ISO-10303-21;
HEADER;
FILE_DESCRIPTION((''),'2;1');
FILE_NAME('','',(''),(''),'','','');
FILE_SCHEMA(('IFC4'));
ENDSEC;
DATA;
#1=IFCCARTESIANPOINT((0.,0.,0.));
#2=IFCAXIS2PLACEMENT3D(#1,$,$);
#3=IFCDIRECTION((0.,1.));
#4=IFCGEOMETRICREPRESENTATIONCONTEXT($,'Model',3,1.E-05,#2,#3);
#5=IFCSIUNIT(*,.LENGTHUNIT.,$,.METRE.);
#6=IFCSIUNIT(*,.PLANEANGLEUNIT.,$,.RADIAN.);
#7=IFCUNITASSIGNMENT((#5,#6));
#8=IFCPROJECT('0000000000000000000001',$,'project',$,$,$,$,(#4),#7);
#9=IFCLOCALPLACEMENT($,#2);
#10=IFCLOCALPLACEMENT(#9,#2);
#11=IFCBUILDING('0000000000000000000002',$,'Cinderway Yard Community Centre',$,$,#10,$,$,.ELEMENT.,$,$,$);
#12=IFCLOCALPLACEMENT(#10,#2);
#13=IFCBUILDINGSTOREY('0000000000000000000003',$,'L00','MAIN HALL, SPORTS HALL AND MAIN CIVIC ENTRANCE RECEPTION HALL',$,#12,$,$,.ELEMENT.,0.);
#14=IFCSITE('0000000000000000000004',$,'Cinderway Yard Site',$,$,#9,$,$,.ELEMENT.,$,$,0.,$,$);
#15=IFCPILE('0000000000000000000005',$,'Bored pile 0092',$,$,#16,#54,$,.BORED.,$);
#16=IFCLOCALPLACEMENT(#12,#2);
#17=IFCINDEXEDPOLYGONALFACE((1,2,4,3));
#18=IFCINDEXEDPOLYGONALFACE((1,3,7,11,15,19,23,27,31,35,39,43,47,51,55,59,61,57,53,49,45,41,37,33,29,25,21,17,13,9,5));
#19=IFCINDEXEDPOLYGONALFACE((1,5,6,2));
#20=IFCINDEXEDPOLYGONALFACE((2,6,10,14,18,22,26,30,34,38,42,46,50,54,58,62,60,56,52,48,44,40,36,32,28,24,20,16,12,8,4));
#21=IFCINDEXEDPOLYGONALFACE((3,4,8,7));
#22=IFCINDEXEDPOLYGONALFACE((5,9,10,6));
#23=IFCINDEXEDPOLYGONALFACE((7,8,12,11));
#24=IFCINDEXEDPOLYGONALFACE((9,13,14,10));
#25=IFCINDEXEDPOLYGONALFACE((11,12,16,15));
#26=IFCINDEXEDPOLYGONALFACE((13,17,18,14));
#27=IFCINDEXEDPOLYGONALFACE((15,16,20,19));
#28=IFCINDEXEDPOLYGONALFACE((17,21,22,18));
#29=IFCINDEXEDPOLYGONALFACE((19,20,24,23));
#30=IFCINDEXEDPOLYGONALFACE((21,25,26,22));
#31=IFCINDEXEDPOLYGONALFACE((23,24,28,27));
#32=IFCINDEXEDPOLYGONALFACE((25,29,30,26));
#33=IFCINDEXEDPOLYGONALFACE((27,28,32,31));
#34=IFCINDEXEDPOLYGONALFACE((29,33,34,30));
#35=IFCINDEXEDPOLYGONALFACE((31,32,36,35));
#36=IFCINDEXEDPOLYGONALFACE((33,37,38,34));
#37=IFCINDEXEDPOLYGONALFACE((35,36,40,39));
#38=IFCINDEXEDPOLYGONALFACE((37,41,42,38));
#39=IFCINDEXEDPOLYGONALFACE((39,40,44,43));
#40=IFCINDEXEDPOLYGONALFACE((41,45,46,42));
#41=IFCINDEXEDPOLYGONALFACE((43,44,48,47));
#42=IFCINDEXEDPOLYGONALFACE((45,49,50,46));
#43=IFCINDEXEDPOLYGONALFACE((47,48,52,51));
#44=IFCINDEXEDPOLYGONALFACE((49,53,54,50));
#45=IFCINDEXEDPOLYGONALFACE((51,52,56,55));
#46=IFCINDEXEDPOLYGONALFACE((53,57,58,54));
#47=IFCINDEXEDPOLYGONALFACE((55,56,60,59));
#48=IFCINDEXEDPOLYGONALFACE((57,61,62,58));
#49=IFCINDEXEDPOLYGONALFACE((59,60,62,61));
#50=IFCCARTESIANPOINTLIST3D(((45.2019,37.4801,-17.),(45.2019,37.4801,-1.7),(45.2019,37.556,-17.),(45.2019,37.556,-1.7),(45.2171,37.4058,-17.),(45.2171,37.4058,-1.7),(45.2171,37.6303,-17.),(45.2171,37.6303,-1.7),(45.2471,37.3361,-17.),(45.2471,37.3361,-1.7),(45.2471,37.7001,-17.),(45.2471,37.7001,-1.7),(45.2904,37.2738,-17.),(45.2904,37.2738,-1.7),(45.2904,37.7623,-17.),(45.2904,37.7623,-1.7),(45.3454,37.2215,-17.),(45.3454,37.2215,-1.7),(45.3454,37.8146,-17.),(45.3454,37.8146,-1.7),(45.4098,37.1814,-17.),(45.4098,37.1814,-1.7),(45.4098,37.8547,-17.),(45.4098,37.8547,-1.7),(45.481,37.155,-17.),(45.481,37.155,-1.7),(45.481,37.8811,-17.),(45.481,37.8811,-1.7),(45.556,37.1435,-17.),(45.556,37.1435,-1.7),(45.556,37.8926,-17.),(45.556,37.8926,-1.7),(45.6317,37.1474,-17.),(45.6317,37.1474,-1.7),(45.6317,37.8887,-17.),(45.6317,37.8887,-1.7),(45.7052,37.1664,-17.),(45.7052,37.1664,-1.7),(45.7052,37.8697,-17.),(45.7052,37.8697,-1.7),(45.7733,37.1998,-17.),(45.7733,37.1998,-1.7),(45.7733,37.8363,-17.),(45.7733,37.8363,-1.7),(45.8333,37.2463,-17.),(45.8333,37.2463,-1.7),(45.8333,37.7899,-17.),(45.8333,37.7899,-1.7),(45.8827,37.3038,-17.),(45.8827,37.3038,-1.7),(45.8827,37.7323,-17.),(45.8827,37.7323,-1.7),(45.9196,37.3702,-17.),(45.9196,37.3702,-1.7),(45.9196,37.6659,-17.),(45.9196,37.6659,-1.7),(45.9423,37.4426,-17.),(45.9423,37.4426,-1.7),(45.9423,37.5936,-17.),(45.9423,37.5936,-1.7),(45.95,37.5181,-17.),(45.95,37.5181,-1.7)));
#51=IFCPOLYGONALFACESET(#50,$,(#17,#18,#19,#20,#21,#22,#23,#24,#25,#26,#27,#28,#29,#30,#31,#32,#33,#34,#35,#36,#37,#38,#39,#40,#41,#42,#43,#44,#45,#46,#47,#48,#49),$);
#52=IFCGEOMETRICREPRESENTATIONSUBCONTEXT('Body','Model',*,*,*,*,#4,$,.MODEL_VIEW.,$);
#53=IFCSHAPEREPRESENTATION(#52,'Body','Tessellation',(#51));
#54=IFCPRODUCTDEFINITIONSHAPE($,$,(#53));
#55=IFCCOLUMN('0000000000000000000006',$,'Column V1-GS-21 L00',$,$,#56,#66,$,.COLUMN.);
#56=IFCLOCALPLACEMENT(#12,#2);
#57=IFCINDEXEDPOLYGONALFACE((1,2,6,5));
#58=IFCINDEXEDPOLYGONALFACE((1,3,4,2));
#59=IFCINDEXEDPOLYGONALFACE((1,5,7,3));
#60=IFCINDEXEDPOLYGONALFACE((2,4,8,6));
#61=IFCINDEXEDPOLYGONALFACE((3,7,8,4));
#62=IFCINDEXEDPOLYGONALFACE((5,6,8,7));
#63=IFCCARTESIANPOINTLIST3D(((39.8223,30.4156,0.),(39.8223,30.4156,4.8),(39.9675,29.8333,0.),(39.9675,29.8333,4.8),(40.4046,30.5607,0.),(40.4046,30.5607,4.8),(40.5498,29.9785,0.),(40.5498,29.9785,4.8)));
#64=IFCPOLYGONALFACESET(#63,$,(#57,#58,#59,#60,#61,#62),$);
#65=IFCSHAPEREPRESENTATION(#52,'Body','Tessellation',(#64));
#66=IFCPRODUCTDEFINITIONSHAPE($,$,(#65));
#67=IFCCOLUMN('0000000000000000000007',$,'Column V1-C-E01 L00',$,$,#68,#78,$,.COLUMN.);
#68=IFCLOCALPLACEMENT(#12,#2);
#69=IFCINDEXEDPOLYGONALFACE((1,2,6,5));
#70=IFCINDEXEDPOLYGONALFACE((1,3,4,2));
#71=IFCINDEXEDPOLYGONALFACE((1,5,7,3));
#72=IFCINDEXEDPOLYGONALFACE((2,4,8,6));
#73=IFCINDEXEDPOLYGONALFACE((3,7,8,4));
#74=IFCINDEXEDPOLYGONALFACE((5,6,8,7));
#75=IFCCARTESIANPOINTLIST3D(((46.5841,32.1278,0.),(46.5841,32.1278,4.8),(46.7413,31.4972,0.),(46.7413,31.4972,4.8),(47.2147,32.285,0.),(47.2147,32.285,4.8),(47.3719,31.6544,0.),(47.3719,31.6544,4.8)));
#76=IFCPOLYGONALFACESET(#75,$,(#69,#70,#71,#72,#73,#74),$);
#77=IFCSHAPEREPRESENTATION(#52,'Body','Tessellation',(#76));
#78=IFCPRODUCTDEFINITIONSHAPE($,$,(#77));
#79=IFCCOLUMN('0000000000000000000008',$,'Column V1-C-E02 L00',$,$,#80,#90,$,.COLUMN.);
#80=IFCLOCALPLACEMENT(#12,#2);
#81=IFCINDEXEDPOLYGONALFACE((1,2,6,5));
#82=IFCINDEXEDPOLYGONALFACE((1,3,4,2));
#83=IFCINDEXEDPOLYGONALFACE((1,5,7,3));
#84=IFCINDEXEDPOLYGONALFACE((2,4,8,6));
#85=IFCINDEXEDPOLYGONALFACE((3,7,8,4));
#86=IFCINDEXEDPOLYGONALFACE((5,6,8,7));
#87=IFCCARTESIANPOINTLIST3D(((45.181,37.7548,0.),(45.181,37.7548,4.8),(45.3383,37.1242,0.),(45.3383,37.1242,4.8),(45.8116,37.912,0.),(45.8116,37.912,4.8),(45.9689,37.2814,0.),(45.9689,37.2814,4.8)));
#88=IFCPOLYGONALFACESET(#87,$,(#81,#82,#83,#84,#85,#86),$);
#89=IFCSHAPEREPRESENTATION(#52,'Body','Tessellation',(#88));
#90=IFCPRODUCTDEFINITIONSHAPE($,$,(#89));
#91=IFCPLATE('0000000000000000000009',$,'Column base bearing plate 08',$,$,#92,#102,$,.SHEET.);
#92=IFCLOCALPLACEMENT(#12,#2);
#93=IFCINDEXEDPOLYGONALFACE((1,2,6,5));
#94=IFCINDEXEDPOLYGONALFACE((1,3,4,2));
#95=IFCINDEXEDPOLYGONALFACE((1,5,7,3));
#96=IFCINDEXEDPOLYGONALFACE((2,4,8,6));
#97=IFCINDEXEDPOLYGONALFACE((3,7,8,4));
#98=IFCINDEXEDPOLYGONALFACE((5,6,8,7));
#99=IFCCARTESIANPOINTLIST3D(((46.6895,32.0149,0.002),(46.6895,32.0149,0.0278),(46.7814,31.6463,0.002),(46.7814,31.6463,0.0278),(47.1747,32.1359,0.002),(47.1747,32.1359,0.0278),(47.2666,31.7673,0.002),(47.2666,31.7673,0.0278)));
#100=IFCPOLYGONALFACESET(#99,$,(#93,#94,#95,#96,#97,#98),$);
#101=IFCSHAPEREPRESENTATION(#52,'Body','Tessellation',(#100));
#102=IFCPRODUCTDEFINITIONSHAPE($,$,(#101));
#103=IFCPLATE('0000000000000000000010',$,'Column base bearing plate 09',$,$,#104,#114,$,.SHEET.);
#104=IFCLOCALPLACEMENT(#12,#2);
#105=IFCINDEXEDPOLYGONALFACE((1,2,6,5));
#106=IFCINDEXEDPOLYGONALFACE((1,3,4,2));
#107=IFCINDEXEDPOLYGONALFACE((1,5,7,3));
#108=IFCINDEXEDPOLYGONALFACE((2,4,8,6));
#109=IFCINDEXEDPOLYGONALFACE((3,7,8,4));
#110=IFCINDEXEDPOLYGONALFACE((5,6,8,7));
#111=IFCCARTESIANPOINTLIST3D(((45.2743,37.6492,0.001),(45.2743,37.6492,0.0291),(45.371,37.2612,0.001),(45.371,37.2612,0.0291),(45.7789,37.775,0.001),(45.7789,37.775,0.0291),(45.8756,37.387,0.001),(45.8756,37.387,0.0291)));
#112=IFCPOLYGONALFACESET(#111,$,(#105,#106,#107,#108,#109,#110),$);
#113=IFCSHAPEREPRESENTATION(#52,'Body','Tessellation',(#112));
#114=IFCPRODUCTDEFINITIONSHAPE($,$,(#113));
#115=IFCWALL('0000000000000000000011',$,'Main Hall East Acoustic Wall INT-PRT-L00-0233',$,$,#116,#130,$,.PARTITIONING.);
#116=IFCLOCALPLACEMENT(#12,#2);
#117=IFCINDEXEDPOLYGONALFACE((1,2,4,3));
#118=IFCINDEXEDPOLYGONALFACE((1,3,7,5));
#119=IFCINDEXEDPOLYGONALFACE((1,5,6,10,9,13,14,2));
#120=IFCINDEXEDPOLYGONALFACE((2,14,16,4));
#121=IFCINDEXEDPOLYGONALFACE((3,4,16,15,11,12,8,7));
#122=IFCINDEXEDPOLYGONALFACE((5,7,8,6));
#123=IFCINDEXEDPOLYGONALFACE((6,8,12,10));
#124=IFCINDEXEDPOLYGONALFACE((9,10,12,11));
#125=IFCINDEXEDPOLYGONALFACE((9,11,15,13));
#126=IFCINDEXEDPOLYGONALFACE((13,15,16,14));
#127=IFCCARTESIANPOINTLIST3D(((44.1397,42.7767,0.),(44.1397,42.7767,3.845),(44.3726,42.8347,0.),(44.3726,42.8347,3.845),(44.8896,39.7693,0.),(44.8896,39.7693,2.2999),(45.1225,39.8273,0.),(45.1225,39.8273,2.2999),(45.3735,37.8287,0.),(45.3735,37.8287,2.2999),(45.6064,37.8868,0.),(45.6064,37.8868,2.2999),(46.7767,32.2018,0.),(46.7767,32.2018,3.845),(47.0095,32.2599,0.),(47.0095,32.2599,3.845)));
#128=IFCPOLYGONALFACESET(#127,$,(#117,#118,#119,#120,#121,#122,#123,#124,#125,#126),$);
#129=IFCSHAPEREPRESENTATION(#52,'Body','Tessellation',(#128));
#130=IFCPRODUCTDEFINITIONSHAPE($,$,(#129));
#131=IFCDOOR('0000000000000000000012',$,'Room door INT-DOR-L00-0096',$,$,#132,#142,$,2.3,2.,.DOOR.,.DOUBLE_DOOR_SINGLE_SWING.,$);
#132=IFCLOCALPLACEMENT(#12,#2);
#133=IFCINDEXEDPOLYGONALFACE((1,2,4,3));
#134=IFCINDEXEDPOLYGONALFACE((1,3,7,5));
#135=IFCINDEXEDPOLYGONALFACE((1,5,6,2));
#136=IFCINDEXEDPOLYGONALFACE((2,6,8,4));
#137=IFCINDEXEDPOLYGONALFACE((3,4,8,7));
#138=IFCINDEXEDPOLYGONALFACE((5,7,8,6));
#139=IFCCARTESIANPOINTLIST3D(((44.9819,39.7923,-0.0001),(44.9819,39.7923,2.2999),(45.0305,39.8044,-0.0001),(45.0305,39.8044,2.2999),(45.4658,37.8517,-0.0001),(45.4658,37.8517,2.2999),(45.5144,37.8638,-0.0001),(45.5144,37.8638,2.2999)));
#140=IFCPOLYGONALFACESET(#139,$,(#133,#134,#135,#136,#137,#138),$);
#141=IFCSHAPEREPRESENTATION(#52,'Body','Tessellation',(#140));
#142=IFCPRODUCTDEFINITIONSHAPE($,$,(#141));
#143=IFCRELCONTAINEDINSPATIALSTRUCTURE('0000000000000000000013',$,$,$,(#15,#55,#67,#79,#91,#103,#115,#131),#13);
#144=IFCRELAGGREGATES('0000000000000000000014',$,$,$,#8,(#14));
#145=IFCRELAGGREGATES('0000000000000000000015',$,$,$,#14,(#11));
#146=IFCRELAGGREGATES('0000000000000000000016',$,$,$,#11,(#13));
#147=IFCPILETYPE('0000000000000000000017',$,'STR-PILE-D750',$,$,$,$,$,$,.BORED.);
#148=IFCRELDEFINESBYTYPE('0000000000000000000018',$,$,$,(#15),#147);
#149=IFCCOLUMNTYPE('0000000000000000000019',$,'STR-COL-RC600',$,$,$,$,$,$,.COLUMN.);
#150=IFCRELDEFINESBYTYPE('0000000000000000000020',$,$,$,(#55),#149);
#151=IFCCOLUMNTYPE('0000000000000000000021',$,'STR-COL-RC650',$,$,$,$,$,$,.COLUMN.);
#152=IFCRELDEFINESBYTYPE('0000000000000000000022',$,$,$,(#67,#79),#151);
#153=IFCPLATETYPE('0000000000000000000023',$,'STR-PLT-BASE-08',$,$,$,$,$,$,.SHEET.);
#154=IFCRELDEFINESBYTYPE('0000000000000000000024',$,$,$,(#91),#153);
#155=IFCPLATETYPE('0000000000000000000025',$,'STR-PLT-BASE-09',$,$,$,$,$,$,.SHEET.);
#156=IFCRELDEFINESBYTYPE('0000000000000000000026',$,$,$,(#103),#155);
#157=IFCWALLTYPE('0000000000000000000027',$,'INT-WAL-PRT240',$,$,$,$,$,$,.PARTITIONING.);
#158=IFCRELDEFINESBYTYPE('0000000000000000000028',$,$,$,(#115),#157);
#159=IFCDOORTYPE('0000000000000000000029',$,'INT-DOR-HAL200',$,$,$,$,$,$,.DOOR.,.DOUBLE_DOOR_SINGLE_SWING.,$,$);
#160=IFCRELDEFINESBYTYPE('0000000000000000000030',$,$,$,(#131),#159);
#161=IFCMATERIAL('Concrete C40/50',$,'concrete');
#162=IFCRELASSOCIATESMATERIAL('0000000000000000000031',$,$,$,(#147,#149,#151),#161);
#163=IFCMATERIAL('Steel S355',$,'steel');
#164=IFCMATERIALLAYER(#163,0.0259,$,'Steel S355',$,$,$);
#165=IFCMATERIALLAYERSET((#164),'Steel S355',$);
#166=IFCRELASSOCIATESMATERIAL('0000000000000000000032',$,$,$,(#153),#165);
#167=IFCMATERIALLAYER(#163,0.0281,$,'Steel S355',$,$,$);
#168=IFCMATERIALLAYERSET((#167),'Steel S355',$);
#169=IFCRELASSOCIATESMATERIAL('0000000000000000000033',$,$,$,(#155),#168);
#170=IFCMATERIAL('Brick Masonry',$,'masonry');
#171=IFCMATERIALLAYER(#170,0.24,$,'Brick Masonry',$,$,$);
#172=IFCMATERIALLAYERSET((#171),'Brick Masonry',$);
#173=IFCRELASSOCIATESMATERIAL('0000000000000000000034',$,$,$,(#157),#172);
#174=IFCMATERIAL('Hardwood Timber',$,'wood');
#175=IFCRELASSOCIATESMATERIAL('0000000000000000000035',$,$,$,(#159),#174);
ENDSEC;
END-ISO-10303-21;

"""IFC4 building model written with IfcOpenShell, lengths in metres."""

from ifc_helpers import new_model, si_unit, direction, frame, frame_2d, origin, origin_2d, place, context, subcontext, project, spatial, rectangle, circle, extrude, material, layer, layer_set, material_profile, profile_set, type_object, element, fill, save


model = new_model("IFC4")

# Units and contexts
model_context = context("Model", 3, precision=1e-05, world=origin(), true_north=direction((0.0, 1.0)))
body_context = subcontext(model_context, "Body", "Model", "MODEL_VIEW")
ifc_project = project(units=[si_unit("LENGTHUNIT", "METRE"), si_unit("PLANEANGLEUNIT", "RADIAN")], contexts=[model_context])

# Site, building, storey
site_placement = place(None, origin())
site = spatial("IfcSite", under=ifc_project, at=site_placement, Name="Cinderway Yard Site", CompositionType="ELEMENT", RefElevation=0.0)
building_placement = place(site_placement, origin())
building = spatial("IfcBuilding", under=site, at=building_placement, Name="Cinderway Yard Community Centre", CompositionType="ELEMENT")
storey_placement = place(building_placement, origin())
storey = spatial("IfcBuildingStorey", under=building, at=storey_placement, Name="L00", Description="MAIN HALL, SPORTS HALL AND MAIN CIVIC ENTRANCE RECEPTION HALL", CompositionType="ELEMENT", Elevation=0.0)

# Shared definitions
ifc_material_1 = material(Name="Concrete C40/50", Category="concrete")

# Pile
ifc_material_profile_1 = material_profile(ifc_material_1, circle(Radius=0.375, at=origin_2d()), Name="Concrete C40/50")
ifc_profile_set_1 = profile_set([ifc_material_profile_1], Name="Concrete C40/50")
pile_type_1 = type_object("IfcPileType", Name="STR-PILE-D750", PredefinedType="BORED", material=ifc_profile_set_1)
for number, where, z_axis, x_axis, name in (
    (1, (45.575, 37.5181, -1.7), (0.0, 0.0, -1.0), (1.0, 0.0, 0.0), "Bored pile 0092"),
):
    element("IfcPile", number, at=place(storey_placement, frame(where, z_axis=z_axis, x_axis=x_axis)), inside=storey, type_object=pile_type_1, Name=name, PredefinedType="BORED", context=body_context, shape_type="SweptSolid", body=[
        extrude(circle(Radius=0.375, at=origin_2d()), origin(), (0.0, 0.0, 1.0), 15.3),
    ])

# Columns
ifc_material_profile_2 = material_profile(ifc_material_1, rectangle(XDim=0.6001, YDim=0.6001, at=origin_2d()), Name="Concrete C40/50")
ifc_profile_set_2 = profile_set([ifc_material_profile_2], Name="Concrete C40/50")
column_type_1 = type_object("IfcColumnType", Name="STR-COL-RC600", PredefinedType="COLUMN", material=ifc_profile_set_2)
column_placement = place(storey_placement, frame((40.186, 30.197, 0.0), z_axis=(0.0, 0.0, 1.0), x_axis=(0.970296, 0.241922, 0.0)))
element("IfcColumn", 2, at=column_placement, inside=storey, type_object=column_type_1, Name="Column V1-GS-21 L00", PredefinedType="COLUMN", context=body_context, shape_type="SweptSolid", body=[
    extrude(rectangle(XDim=0.6001, YDim=0.6001, at=origin_2d()), origin(), (0.0, 0.0, 1.0), 4.8),
])
ifc_material_profile_3 = material_profile(ifc_material_1, rectangle(XDim=0.6499, YDim=0.6499, at=origin_2d()), Name="Concrete C40/50")
ifc_profile_set_3 = profile_set([ifc_material_profile_3], Name="Concrete C40/50")
column_type_2 = type_object("IfcColumnType", Name="STR-COL-RC650", PredefinedType="COLUMN", material=ifc_profile_set_3)
for number, where, z_axis, x_axis, name in (
    (3, (46.978, 31.8911, 0.0), (0.0, 0.0, 1.0), (0.970296, 0.241922, 0.0), "Column V1-C-E01 L00"),
    (4, (45.575, 37.5181, 0.0), (0.0, 0.0, 1.0), (0.970296, 0.241922, 0.0), "Column V1-C-E02 L00"),
):
    element("IfcColumn", number, at=place(storey_placement, frame(where, z_axis=z_axis, x_axis=x_axis)), inside=storey, type_object=column_type_2, Name=name, PredefinedType="COLUMN", context=body_context, shape_type="SweptSolid", body=[
        extrude(rectangle(XDim=0.6499, YDim=0.6499, at=origin_2d()), origin(), (0.0, 0.0, 1.0), 4.8),
    ])

# Plates
ifc_material_2 = material(Name="Steel S355", Category="steel")
ifc_layer_1 = layer(ifc_material_2, 0.0259, Name="Steel S355")
ifc_layer_set_1 = layer_set([ifc_layer_1], Name="Steel S355")
plate_type_1 = type_object("IfcPlateType", Name="STR-PLT-BASE-08", PredefinedType="SHEET", material=ifc_layer_set_1)
plate_1_placement = place(storey_placement, frame((46.978, 31.8911, 0.002), z_axis=(0.0, 0.0, 1.0), x_axis=(0.970296, 0.241922, 0.0)))
element("IfcPlate", 5, at=plate_1_placement, inside=storey, type_object=plate_type_1, Name="Column base bearing plate 08", PredefinedType="SHEET", context=body_context, shape_type="SweptSolid", body=[
    extrude(rectangle(XDim=0.5, YDim=0.3799, at=origin_2d()), origin(), (0.0, 0.0, 1.0), 0.0259),
])
ifc_layer_2 = layer(ifc_material_2, 0.0281, Name="Steel S355")
ifc_layer_set_2 = layer_set([ifc_layer_2], Name="Steel S355")
plate_type_2 = type_object("IfcPlateType", Name="STR-PLT-BASE-09", PredefinedType="SHEET", material=ifc_layer_set_2)
plate_2_placement = place(storey_placement, frame((45.575, 37.5181, 0.001), z_axis=(0.0, 0.0, 1.0), x_axis=(0.970296, 0.241922, 0.0)))
element("IfcPlate", 6, at=plate_2_placement, inside=storey, type_object=plate_type_2, Name="Column base bearing plate 09", PredefinedType="SHEET", context=body_context, shape_type="SweptSolid", body=[
    extrude(rectangle(XDim=0.52, YDim=0.3999, at=origin_2d()), origin(), (0.0, 0.0, 1.0), 0.0281),
])

# Wall, opening, door
ifc_material_3 = material(Name="Brick Masonry", Category="masonry")
ifc_layer_3 = layer(ifc_material_3, 0.24, Name="Brick Masonry")
ifc_layer_set_3 = layer_set([ifc_layer_3], Name="Brick Masonry")
wall_type_1 = type_object("IfcWallType", Name="INT-WAL-PRT240", PredefinedType="PARTITIONING", material=ifc_layer_set_3)
wall_1_placement = place(storey_placement, frame((46.8931, 32.231, 0.0), z_axis=(0.0, 0.0, 1.0), x_axis=(-0.241951, 0.970289, 0.0)))
wall_1 = element("IfcWall", 7, at=wall_1_placement, inside=storey, type_object=wall_type_1, Name="Main Hall East Acoustic Wall INT-PRT-L00-0233", PredefinedType="PARTITIONING", context=body_context, shape_type="SweptSolid", body=[
    extrude(rectangle(XDim=10.8987, YDim=0.24, at=frame_2d((5.4492, 0.0))), origin(), (0.0, 0.0, 1.0), 3.845),
])
opening_1_placement = place(wall_1_placement, frame((5.7991, 0.0, 0.0)))
opening_1 = element("IfcOpeningElement", 8, at=opening_1_placement, cuts=wall_1, PredefinedType="OPENING", context=body_context, shape_type="SweptSolid", body=[
    extrude(rectangle(XDim=2.0, YDim=2.3, at=frame_2d((1.0, 1.1499))), frame((0.0, 0.1299, 0.0), z_axis=(0.0, -1.0, 0.0), x_axis=(1.0, 0.0, 0.0)), (0.0, 0.0, 1.0), 0.26),
])
ifc_material_4 = material(Name="Hardwood Timber", Category="wood")
door_type_1 = type_object("IfcDoorType", Name="INT-DOR-HAL200", OperationType="DOUBLE_DOOR_SINGLE_SWING", PredefinedType="DOOR", material=ifc_material_4)
door_1_placement = place(opening_1_placement, origin())
door_1 = element("IfcDoor", 9, at=door_1_placement, inside=storey, type_object=door_type_1, Name="Room door INT-DOR-L00-0096", OperationType="DOUBLE_DOOR_SINGLE_SWING", OverallHeight=2.3, OverallWidth=2.0, PredefinedType="DOOR", context=body_context, shape_type="SweptSolid", body=[
    extrude(rectangle(XDim=2.0, YDim=2.3, at=frame_2d((1.0, 1.1499))), frame((0.0, 0.0249, 0.0), z_axis=(0.0, -1.0, 0.0), x_axis=(1.0, 0.0, 0.0)), (0.0, 0.0, 1.0), 0.05),
])
fill(opening_1, door_1)

save(model, "model.ifc")
